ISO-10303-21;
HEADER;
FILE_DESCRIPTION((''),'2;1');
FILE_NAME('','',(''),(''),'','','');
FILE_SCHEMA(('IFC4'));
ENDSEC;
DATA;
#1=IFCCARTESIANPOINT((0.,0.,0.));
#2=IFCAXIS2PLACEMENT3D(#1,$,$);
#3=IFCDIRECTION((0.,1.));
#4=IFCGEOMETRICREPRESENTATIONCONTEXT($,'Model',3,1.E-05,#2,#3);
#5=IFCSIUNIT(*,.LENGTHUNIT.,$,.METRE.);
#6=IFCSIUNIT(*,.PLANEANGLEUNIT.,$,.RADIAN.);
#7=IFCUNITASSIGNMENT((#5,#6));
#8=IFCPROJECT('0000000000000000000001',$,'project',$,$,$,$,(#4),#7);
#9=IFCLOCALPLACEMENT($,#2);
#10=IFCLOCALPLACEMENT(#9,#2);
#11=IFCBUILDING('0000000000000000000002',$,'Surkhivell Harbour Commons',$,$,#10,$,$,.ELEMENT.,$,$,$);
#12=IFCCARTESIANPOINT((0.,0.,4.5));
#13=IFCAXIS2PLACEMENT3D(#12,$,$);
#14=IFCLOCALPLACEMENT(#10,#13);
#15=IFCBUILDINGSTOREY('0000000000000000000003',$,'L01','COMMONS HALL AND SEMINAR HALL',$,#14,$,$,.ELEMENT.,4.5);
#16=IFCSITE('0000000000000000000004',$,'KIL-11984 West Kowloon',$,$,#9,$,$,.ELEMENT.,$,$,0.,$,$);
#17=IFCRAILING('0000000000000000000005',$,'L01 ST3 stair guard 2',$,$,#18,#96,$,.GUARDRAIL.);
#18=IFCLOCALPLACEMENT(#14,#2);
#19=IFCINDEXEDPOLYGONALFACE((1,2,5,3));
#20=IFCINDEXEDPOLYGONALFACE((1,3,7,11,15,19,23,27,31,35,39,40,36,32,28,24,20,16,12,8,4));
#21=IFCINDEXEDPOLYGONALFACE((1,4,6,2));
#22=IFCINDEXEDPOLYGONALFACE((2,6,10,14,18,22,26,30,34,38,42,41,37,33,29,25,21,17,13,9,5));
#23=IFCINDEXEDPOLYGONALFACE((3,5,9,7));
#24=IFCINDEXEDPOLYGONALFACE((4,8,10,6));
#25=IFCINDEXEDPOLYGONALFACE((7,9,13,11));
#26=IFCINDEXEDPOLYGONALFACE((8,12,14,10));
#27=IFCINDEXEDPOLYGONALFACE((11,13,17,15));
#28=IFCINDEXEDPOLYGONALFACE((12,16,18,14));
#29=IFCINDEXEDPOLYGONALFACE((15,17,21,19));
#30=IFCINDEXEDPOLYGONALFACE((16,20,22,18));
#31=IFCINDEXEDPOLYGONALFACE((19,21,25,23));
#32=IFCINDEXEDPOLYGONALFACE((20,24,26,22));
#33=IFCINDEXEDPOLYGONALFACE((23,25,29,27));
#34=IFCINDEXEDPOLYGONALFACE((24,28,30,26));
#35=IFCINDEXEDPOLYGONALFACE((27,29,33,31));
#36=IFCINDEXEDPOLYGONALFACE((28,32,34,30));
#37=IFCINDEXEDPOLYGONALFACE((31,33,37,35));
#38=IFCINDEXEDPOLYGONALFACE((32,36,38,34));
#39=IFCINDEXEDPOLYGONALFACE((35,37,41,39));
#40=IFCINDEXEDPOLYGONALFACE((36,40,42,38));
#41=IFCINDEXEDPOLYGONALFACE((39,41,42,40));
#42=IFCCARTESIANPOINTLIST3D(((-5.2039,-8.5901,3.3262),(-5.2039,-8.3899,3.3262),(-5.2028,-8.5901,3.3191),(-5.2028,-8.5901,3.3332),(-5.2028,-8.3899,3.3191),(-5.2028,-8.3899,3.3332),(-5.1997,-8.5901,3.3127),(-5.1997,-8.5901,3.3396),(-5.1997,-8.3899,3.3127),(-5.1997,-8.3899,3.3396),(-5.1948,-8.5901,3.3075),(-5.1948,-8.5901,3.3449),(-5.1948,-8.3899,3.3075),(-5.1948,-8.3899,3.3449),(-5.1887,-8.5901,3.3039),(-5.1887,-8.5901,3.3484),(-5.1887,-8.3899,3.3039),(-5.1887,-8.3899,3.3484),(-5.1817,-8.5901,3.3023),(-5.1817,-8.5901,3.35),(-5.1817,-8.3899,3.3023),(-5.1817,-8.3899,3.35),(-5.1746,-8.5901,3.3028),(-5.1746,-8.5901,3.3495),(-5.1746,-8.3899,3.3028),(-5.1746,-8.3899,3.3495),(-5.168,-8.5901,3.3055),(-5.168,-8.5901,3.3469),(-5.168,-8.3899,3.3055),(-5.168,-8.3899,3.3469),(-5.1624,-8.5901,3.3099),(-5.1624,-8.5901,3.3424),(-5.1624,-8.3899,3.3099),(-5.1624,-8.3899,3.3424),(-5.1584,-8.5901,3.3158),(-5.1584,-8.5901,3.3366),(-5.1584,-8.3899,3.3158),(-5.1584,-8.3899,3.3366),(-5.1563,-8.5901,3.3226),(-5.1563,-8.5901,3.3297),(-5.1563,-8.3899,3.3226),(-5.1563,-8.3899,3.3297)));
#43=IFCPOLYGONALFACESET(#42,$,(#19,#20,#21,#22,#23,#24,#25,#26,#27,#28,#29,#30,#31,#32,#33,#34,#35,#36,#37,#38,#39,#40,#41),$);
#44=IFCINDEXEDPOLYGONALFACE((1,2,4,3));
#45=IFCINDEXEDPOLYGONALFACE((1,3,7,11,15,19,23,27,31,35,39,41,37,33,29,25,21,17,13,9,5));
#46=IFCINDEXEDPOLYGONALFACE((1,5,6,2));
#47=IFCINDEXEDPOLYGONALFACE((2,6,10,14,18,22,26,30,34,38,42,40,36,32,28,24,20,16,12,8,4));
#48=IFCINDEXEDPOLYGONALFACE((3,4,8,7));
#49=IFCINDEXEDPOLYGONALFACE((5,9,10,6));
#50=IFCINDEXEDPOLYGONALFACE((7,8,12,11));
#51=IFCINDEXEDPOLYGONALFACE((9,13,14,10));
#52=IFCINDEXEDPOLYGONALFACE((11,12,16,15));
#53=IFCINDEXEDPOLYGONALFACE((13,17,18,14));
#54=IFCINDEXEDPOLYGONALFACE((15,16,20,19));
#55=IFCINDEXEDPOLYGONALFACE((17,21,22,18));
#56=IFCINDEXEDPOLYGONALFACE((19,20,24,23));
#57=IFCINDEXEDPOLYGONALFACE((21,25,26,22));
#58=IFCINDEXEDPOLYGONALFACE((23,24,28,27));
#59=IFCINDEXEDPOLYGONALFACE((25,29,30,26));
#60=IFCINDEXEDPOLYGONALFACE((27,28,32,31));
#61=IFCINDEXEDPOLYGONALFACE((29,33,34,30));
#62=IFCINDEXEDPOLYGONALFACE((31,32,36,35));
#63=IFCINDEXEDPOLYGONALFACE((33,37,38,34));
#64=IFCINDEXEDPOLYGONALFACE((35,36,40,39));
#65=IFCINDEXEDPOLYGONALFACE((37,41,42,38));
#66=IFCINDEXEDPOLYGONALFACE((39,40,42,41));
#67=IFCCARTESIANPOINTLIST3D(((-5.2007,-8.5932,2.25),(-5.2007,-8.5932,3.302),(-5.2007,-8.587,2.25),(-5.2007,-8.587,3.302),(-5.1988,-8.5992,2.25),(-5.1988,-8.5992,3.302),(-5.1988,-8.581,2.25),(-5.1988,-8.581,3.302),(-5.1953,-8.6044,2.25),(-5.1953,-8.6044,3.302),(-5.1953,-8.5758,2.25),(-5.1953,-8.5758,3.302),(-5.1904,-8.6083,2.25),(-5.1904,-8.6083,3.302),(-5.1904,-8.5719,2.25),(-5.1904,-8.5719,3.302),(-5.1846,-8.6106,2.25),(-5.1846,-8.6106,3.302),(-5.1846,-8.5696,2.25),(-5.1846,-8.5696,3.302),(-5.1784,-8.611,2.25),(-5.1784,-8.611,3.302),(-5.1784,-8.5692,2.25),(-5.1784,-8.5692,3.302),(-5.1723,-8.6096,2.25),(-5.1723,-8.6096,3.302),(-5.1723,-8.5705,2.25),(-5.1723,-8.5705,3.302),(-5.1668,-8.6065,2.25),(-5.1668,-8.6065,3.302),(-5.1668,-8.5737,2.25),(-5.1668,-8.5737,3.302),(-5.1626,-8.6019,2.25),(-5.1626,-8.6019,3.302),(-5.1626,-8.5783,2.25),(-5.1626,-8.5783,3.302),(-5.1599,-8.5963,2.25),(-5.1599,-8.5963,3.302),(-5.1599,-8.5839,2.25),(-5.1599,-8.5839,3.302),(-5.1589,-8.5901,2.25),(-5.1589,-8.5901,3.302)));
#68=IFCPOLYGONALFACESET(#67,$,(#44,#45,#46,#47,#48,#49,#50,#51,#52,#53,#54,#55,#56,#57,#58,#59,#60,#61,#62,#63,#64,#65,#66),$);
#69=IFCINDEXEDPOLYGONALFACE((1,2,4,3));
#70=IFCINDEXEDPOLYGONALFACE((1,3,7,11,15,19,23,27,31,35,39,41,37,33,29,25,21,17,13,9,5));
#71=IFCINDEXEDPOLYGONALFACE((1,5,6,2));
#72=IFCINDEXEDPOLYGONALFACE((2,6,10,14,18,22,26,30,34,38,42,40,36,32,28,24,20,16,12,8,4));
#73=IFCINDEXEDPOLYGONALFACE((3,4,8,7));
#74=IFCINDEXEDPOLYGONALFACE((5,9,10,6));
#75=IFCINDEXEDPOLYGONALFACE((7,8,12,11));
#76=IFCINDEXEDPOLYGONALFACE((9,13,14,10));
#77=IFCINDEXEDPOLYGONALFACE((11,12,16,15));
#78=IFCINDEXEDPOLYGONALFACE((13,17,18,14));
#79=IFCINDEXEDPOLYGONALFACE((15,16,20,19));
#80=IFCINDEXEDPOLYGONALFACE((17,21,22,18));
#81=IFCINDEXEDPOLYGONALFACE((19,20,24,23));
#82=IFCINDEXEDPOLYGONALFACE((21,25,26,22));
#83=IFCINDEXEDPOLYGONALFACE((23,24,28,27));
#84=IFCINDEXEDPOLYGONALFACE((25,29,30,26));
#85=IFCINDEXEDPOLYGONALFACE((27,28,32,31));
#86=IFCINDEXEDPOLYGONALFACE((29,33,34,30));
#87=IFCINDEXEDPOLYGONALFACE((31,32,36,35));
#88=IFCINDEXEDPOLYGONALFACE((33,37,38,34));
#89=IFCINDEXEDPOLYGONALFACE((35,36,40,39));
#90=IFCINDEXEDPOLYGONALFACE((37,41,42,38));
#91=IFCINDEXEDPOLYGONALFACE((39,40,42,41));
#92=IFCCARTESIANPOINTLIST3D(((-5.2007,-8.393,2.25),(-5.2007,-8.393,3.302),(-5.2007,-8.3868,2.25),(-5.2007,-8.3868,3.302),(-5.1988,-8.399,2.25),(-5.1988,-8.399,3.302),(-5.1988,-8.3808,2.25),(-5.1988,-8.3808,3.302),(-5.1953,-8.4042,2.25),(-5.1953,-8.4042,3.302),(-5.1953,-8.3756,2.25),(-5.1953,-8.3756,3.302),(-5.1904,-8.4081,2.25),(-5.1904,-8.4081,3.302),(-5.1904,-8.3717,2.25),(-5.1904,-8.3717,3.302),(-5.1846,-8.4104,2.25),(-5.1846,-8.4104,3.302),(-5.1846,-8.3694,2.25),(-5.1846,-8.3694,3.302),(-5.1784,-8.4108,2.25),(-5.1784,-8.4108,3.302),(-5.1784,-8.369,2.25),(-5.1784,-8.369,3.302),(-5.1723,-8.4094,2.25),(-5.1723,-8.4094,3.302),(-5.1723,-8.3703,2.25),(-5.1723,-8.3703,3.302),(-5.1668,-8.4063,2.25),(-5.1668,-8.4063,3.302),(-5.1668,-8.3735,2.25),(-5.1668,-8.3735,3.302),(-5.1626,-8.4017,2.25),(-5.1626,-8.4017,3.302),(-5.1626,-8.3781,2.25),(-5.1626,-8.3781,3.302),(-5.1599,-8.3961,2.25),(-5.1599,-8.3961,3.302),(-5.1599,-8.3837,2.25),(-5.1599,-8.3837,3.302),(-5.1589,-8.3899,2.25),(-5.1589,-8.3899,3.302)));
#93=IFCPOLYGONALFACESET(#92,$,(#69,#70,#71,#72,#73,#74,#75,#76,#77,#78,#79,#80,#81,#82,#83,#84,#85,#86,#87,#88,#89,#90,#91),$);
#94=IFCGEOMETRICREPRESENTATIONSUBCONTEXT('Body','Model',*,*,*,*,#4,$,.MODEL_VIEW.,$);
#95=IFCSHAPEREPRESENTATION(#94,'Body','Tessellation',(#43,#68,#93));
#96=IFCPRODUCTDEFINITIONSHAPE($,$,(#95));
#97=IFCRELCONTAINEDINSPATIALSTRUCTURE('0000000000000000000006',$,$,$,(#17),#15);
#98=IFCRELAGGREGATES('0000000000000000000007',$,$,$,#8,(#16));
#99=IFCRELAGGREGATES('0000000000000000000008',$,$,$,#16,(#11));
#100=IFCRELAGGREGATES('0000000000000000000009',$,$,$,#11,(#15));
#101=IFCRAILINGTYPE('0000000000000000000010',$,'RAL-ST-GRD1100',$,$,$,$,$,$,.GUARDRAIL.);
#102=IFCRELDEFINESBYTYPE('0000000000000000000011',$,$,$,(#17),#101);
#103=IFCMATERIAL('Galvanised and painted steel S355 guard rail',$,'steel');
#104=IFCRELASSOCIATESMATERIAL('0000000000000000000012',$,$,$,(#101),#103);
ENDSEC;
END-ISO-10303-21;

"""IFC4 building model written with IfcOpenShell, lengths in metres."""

from ifc_helpers import new_model, si_unit, direction, frame, origin, origin_2d, place, context, subcontext, project, spatial, circle, extrude, material, type_object, element, save


model = new_model("IFC4")

# Units and contexts
model_context = context("Model", 3, precision=1e-05, world=origin(), true_north=direction((0.0, 1.0)))
body_context = subcontext(model_context, "Body", "Model", "MODEL_VIEW")
ifc_project = project(units=[si_unit("LENGTHUNIT", "METRE"), si_unit("PLANEANGLEUNIT", "RADIAN")], contexts=[model_context])

# Site, building, storey
site_placement = place(None, origin())
site = spatial("IfcSite", under=ifc_project, at=site_placement, Name="KIL-11984 West Kowloon", CompositionType="ELEMENT", RefElevation=0.0)
building_placement = place(site_placement, origin())
building = spatial("IfcBuilding", under=site, at=building_placement, Name="Surkhivell Harbour Commons", CompositionType="ELEMENT")
storey_placement = place(building_placement, frame((0.0, 0.0, 4.5)))
storey = spatial("IfcBuildingStorey", under=building, at=storey_placement, Name="L01", Description="COMMONS HALL AND SEMINAR HALL", CompositionType="ELEMENT", Elevation=4.5)

# Railing
ifc_material_1 = material(Name="Galvanised and painted steel S355 guard rail", Category="steel")
railing_type_1 = type_object("IfcRailingType", Name="RAL-ST-GRD1100", PredefinedType="GUARDRAIL", material=ifc_material_1)
railing_1_placement = place(storey_placement, frame((-5.1799, -8.5901, 2.25)))
element("IfcRailing", 1, at=railing_1_placement, inside=storey, type_object=railing_type_1, Name="L01 ST3 stair guard 2", PredefinedType="GUARDRAIL", context=body_context, shape_type="SweptSolid", body=[
    extrude(circle(Radius=0.0239, at=origin_2d()), frame((0.0, 0.0, 1.0762), z_axis=(0.0, 1.0, 0.0), x_axis=(-1.0, 0.0, 0.0)), (0.0, 0.0, 1.0), 0.2002),
    extrude(circle(Radius=0.021, at=origin_2d()), origin(), (0.0, 0.0, 1.0), 1.052),
    extrude(circle(Radius=0.021, at=origin_2d()), frame((0.0, 0.2002, 0.0)), (0.0, 0.0, 1.0), 1.052),
])

save(model, "model.ifc")
